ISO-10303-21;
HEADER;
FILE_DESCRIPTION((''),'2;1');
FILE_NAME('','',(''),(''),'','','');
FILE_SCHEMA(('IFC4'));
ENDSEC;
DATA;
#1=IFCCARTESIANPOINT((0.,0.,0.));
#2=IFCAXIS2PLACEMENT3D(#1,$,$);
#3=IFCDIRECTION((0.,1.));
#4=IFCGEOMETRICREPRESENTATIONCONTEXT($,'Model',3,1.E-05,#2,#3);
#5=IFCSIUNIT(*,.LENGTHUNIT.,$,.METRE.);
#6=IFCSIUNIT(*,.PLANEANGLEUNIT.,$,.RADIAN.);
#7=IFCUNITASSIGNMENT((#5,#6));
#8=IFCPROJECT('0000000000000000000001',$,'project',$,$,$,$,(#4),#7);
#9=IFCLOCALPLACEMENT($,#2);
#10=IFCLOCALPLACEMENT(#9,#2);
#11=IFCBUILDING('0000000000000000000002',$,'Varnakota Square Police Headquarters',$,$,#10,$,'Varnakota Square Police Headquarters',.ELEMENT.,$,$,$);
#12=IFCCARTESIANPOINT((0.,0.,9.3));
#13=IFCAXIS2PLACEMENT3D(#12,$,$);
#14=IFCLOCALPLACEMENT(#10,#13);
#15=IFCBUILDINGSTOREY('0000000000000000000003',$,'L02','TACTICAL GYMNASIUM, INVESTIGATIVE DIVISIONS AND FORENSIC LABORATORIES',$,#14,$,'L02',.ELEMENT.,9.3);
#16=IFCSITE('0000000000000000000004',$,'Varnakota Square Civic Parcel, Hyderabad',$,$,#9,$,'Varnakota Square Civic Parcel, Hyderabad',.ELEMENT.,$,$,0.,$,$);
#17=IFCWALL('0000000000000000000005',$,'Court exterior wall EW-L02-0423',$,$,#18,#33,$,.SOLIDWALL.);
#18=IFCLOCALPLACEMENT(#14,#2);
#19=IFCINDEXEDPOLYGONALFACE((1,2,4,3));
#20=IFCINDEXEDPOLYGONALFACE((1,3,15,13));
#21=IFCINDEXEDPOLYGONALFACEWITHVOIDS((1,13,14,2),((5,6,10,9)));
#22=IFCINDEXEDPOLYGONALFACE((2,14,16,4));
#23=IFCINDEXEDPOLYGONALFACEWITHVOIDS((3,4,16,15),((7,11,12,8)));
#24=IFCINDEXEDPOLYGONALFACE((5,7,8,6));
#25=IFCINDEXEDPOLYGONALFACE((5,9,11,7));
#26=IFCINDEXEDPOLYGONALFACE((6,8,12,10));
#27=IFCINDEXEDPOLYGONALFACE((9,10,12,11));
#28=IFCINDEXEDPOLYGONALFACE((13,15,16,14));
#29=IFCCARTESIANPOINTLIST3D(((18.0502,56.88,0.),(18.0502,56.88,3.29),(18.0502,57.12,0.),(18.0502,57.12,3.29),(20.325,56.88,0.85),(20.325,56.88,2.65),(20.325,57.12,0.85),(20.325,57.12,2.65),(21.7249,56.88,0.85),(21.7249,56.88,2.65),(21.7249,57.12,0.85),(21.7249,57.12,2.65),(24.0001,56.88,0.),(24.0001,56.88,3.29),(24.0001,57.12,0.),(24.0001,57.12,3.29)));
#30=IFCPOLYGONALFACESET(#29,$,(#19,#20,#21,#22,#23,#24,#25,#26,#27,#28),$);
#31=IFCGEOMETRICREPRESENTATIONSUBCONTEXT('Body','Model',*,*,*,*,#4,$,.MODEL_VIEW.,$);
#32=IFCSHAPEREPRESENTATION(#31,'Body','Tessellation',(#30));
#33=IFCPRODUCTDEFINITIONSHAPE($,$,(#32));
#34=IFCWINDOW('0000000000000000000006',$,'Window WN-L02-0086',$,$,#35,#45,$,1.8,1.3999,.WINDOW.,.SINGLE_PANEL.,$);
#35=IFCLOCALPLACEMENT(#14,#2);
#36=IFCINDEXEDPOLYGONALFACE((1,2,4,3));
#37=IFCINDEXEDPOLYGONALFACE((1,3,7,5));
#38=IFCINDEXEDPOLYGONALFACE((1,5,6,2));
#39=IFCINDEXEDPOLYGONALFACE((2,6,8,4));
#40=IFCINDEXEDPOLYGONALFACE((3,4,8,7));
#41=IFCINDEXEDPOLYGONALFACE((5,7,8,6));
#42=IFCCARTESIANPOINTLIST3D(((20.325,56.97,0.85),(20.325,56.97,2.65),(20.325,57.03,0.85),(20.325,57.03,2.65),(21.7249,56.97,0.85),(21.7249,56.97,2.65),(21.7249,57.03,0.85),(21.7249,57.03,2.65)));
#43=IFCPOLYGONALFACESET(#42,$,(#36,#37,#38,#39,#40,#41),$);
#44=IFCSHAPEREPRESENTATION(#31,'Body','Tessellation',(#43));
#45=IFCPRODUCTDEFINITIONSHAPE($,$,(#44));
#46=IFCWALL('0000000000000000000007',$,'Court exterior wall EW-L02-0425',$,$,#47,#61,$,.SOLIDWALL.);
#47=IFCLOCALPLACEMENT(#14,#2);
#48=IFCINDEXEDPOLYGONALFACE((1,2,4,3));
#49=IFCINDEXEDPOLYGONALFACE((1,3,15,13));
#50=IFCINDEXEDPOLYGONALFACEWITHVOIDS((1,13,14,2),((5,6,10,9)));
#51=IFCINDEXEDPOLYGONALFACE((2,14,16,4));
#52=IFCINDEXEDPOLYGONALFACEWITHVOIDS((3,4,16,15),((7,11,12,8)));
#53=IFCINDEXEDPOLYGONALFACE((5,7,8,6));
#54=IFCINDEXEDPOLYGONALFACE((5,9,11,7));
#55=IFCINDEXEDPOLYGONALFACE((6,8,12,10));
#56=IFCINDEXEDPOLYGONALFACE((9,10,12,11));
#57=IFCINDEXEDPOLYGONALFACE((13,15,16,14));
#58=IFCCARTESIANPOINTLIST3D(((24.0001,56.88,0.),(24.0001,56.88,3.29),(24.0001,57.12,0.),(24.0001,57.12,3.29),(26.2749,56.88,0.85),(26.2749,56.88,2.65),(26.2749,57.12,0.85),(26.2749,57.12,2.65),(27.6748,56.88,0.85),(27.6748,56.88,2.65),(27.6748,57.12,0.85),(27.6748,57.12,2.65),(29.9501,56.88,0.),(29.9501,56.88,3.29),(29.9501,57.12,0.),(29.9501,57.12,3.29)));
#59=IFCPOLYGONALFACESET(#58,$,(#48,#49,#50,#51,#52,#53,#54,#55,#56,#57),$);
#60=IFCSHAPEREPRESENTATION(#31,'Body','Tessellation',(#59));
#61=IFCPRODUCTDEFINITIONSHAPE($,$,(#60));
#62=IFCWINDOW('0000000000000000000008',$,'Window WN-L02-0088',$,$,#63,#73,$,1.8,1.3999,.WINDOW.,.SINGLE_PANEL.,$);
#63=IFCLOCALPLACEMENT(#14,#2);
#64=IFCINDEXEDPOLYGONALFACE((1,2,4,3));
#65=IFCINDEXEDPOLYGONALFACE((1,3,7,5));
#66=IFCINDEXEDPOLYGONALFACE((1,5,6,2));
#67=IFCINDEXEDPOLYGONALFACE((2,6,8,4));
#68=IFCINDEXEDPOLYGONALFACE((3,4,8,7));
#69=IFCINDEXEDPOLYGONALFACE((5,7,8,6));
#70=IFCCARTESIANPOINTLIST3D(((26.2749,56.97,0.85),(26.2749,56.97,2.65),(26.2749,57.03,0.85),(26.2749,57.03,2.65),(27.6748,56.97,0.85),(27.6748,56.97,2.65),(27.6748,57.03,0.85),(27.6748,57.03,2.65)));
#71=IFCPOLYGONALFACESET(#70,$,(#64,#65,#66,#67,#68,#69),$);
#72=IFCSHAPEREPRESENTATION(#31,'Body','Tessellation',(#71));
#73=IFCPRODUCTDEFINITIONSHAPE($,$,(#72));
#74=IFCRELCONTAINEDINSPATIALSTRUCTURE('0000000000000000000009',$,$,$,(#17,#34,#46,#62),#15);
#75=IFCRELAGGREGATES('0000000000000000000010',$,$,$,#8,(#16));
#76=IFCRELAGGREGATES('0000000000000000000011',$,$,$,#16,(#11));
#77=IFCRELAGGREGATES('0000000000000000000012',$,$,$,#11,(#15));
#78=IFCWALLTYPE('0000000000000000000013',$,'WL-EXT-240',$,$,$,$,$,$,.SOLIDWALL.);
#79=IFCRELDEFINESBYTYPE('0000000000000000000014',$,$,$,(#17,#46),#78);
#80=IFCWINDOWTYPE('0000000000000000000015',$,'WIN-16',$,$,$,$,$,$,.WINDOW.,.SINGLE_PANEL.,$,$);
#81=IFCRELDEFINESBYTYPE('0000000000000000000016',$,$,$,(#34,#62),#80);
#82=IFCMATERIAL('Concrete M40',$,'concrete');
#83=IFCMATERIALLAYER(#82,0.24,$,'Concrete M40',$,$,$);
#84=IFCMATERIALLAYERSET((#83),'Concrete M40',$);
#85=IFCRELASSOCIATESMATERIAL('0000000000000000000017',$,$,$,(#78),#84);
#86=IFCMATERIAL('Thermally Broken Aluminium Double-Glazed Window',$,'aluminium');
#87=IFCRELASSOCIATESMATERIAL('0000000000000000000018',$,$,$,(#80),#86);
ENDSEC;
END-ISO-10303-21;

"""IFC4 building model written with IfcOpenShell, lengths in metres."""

from ifc_helpers import new_model, si_unit, direction, frame, frame_2d, origin, place, context, subcontext, project, spatial, rectangle, extrude, material, layer, layer_set, type_object, element, fill, save


model = new_model("IFC4")

# Units and contexts
model_context = context("Model", 3, precision=1e-05, world=origin(), true_north=direction((0.0, 1.0)))
body_context = subcontext(model_context, "Body", "Model", "MODEL_VIEW")
ifc_project = project(units=[si_unit("LENGTHUNIT", "METRE"), si_unit("PLANEANGLEUNIT", "RADIAN")], contexts=[model_context])

# Site, building, storey
site_placement = place(None, origin())
site = spatial("IfcSite", under=ifc_project, at=site_placement, Name="Varnakota Square Civic Parcel, Hyderabad", LongName="Varnakota Square Civic Parcel, Hyderabad", CompositionType="ELEMENT", RefElevation=0.0)
building_placement = place(site_placement, origin())
building = spatial("IfcBuilding", under=site, at=building_placement, Name="Varnakota Square Police Headquarters", LongName="Varnakota Square Police Headquarters", CompositionType="ELEMENT")
storey_placement = place(building_placement, frame((0.0, 0.0, 9.3)))
storey = spatial("IfcBuildingStorey", under=building, at=storey_placement, Name="L02", Description="TACTICAL GYMNASIUM, INVESTIGATIVE DIVISIONS AND FORENSIC LABORATORIES", LongName="L02", CompositionType="ELEMENT", Elevation=9.3)

# Walls, openings, windows
ifc_material_1 = material(Name="Concrete M40", Category="concrete")
ifc_layer_1 = layer(ifc_material_1, 0.24, Name="Concrete M40")
ifc_layer_set_1 = layer_set([ifc_layer_1], Name="Concrete M40")
wall_type = type_object("IfcWallType", Name="WL-EXT-240", PredefinedType="SOLIDWALL", material=ifc_layer_set_1)
wall_1_placement = place(storey_placement, frame((18.05, 57.0, 0.0), z_axis=(0.0, 0.0, 1.0), x_axis=(1.0, 0.0, 0.0)))
wall_1 = element("IfcWall", 1, at=wall_1_placement, inside=storey, type_object=wall_type, Name="Court exterior wall EW-L02-0423", PredefinedType="SOLIDWALL", context=body_context, shape_type="SweptSolid", body=[
    extrude(rectangle(XDim=5.95, YDim=0.24, at=frame_2d((2.9751, 0.0))), origin(), (0.0, 0.0, 1.0), 3.29),
])
opening_1_placement = place(wall_1_placement, frame((2.2749, 0.0, 0.8501)))
opening_1 = element("IfcOpeningElement", 2, at=opening_1_placement, cuts=wall_1, PredefinedType="OPENING", context=body_context, shape_type="SweptSolid", body=[
    extrude(rectangle(XDim=1.3999, YDim=1.8, at=frame_2d((0.7, 0.8999))), frame((0.0, 0.1299, 0.0), z_axis=(0.0, -1.0, 0.0), x_axis=(1.0, 0.0, 0.0)), (0.0, 0.0, 1.0), 0.26),
])
ifc_material_2 = material(Name="Thermally Broken Aluminium Double-Glazed Window", Category="aluminium")
window_type = type_object("IfcWindowType", Name="WIN-16", PartitioningType="SINGLE_PANEL", PredefinedType="WINDOW", material=ifc_material_2)
window_1_placement = place(opening_1_placement, origin())
window_1 = element("IfcWindow", 3, at=window_1_placement, inside=storey, type_object=window_type, Name="Window WN-L02-0086", OverallHeight=1.8, OverallWidth=1.3999, PartitioningType="SINGLE_PANEL", PredefinedType="WINDOW", context=body_context, shape_type="SweptSolid", body=[
    extrude(rectangle(XDim=1.3999, YDim=1.8, at=frame_2d((0.7, 0.8999))), frame((0.0, 0.03, 0.0), z_axis=(0.0, -1.0, 0.0), x_axis=(1.0, 0.0, 0.0)), (0.0, 0.0, 1.0), 0.0601),
])
fill(opening_1, window_1)
wall_2_placement = place(storey_placement, frame((24.0, 57.0, 0.0), z_axis=(0.0, 0.0, 1.0), x_axis=(1.0, 0.0, 0.0)))
wall_2 = element("IfcWall", 4, at=wall_2_placement, inside=storey, type_object=wall_type, Name="Court exterior wall EW-L02-0425", PredefinedType="SOLIDWALL", context=body_context, shape_type="SweptSolid", body=[
    extrude(rectangle(XDim=5.95, YDim=0.24, at=frame_2d((2.9751, 0.0))), origin(), (0.0, 0.0, 1.0), 3.29),
])
opening_2_placement = place(wall_2_placement, frame((2.2749, 0.0, 0.8501)))
opening_2 = element("IfcOpeningElement", 5, at=opening_2_placement, cuts=wall_2, PredefinedType="OPENING", context=body_context, shape_type="SweptSolid", body=[
    extrude(rectangle(XDim=1.3999, YDim=1.8, at=frame_2d((0.7, 0.8999))), frame((0.0, 0.1299, 0.0), z_axis=(0.0, -1.0, 0.0), x_axis=(1.0, 0.0, 0.0)), (0.0, 0.0, 1.0), 0.26),
])
window_2_placement = place(opening_2_placement, origin())
window_2 = element("IfcWindow", 6, at=window_2_placement, inside=storey, type_object=window_type, Name="Window WN-L02-0088", OverallHeight=1.8, OverallWidth=1.3999, PartitioningType="SINGLE_PANEL", PredefinedType="WINDOW", context=body_context, shape_type="SweptSolid", body=[
    extrude(rectangle(XDim=1.3999, YDim=1.8, at=frame_2d((0.7, 0.8999))), frame((0.0, 0.03, 0.0), z_axis=(0.0, -1.0, 0.0), x_axis=(1.0, 0.0, 0.0)), (0.0, 0.0, 1.0), 0.0601),
])
fill(opening_2, window_2)

save(model, "model.ifc")
